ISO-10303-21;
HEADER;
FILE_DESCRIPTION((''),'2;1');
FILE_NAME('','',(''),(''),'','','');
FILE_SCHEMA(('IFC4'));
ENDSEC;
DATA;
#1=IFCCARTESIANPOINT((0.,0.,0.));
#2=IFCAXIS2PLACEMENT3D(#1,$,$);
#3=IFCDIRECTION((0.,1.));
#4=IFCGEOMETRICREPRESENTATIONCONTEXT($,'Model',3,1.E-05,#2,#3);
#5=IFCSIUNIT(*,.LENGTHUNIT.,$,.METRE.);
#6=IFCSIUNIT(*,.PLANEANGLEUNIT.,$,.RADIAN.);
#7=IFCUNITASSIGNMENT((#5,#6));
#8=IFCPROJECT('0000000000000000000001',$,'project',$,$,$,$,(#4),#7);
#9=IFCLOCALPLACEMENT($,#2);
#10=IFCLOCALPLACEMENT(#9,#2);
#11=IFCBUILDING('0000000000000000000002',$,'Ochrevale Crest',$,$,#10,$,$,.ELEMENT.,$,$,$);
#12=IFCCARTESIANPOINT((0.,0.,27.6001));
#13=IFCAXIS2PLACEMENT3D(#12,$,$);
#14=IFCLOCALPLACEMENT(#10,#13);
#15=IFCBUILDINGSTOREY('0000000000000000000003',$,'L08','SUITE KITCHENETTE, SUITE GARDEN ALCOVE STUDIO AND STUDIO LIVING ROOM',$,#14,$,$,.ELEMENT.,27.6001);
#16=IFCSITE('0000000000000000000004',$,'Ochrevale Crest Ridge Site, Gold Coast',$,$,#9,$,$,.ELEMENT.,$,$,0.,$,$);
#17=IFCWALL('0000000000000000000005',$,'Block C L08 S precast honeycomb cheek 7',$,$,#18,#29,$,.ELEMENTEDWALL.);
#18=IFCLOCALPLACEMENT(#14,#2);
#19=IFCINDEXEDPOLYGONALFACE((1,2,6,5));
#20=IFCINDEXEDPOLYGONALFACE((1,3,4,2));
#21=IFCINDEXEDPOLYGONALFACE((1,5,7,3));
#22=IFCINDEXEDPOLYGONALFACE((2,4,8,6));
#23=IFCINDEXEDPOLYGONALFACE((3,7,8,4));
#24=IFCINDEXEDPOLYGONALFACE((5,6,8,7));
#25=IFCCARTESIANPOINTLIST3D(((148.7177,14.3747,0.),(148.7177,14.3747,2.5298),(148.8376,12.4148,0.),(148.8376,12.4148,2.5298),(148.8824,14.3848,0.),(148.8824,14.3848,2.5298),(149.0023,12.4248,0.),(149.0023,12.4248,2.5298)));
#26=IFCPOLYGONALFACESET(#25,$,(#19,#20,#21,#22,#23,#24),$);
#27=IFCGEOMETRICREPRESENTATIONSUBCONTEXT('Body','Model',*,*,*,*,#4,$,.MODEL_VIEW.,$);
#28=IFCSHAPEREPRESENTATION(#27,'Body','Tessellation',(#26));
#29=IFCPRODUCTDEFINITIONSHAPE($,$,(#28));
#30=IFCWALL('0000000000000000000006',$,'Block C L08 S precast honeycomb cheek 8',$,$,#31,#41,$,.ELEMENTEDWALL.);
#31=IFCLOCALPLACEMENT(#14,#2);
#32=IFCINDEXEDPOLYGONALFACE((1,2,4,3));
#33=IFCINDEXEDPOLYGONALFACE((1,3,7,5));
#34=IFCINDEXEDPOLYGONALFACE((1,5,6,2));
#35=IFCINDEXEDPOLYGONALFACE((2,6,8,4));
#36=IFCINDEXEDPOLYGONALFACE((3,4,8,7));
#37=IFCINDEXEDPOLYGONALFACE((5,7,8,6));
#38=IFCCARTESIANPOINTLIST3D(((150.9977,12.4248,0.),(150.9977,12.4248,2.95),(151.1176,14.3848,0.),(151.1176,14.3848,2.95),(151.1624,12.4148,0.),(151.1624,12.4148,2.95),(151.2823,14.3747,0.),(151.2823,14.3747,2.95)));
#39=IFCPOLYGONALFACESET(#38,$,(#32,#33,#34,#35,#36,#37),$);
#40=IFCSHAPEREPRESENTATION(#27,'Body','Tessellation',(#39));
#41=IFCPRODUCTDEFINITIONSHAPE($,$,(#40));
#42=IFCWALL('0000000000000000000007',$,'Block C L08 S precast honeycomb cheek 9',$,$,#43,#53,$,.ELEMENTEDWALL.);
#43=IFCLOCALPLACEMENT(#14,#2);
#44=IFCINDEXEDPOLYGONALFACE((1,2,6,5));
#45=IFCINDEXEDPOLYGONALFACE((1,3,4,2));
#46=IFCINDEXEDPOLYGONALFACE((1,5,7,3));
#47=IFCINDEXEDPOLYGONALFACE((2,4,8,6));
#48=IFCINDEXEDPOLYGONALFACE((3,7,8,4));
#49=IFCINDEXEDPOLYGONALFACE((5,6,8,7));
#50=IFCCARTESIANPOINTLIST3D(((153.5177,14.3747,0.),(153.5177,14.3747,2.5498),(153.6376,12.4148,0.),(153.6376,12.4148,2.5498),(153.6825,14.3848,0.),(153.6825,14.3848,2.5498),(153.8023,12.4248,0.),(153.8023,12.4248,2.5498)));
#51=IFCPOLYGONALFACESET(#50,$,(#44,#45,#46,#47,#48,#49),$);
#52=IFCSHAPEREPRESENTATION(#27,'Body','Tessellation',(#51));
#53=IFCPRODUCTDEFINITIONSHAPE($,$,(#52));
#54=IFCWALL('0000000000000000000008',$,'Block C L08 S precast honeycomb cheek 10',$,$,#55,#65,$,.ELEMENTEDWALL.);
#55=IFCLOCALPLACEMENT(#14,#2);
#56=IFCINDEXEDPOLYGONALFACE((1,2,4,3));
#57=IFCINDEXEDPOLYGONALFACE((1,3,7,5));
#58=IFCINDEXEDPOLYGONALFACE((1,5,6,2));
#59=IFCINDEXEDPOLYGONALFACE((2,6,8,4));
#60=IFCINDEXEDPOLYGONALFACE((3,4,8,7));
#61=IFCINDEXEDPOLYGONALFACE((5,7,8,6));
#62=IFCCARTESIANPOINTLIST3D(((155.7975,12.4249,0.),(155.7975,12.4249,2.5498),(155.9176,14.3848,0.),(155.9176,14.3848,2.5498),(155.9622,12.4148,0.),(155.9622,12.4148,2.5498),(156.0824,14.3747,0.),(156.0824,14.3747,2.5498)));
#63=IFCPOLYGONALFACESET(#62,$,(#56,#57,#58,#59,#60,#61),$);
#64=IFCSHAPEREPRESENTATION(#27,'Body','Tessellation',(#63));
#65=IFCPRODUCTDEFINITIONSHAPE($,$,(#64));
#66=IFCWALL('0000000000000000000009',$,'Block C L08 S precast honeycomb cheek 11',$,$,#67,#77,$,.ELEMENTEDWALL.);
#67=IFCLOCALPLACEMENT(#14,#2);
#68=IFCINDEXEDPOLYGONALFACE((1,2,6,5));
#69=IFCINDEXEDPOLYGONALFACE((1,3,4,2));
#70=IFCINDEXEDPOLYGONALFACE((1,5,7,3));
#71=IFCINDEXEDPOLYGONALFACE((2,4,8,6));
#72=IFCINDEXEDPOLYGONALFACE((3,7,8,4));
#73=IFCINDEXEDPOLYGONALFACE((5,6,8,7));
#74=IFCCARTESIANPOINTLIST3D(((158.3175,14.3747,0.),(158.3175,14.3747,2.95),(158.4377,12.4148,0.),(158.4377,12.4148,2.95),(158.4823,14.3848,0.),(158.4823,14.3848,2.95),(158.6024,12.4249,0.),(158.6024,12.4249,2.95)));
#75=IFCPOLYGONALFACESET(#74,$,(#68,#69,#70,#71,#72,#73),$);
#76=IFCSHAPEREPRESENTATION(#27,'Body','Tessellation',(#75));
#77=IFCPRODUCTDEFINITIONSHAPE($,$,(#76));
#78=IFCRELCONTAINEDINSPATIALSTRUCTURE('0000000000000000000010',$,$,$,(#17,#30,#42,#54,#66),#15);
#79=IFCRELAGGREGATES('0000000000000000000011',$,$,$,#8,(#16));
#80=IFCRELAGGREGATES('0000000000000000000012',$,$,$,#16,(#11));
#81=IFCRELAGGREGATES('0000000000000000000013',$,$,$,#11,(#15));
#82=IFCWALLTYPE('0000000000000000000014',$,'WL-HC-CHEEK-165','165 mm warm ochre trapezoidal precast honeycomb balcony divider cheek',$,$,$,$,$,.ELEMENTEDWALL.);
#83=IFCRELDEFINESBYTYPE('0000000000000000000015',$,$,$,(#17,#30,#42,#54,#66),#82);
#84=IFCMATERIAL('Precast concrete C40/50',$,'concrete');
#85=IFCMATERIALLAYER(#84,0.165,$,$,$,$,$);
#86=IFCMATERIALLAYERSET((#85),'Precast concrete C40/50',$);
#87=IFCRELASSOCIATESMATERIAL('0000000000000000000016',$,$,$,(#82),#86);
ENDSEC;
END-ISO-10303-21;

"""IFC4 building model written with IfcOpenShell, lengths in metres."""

from ifc_helpers import new_model, si_unit, direction, frame, frame_2d, origin, place, context, subcontext, project, spatial, rectangle, extrude, material, layer, layer_set, type_object, element, save


model = new_model("IFC4")

# Units and contexts
model_context = context("Model", 3, precision=1e-05, world=origin(), true_north=direction((0.0, 1.0)))
body_context = subcontext(model_context, "Body", "Model", "MODEL_VIEW")
ifc_project = project(units=[si_unit("LENGTHUNIT", "METRE"), si_unit("PLANEANGLEUNIT", "RADIAN")], contexts=[model_context])

# Site, building, storey
site_placement = place(None, origin())
site = spatial("IfcSite", under=ifc_project, at=site_placement, Name="Ochrevale Crest Ridge Site, Gold Coast", CompositionType="ELEMENT", RefElevation=0.0)
building_placement = place(site_placement, origin())
building = spatial("IfcBuilding", under=site, at=building_placement, Name="Ochrevale Crest", CompositionType="ELEMENT")
storey_placement = place(building_placement, frame((0.0, 0.0, 27.6001)))
storey = spatial("IfcBuildingStorey", under=building, at=storey_placement, Name="L08", Description="SUITE KITCHENETTE, SUITE GARDEN ALCOVE STUDIO AND STUDIO LIVING ROOM", CompositionType="ELEMENT", Elevation=27.6001)

# Shared definitions
ifc_material_1 = material(Name="Precast concrete C40/50", Category="concrete")

# Walls
ifc_layer_1 = layer(ifc_material_1, 0.165)
ifc_layer_set_1 = layer_set([ifc_layer_1], Name="Precast concrete C40/50")
wall_type = type_object("IfcWallType", Name="WL-HC-CHEEK-165", Description="165 mm warm ochre trapezoidal precast honeycomb balcony divider cheek", PredefinedType="ELEMENTEDWALL", material=ifc_layer_set_1)
wall_1_placement = place(storey_placement, frame((148.8, 14.3799, 0.0), z_axis=(0.0, 0.0, 1.0), x_axis=(0.061047, -0.998135, 0.0)))
element("IfcWall", 1, at=wall_1_placement, inside=storey, type_object=wall_type, Name="Block C L08 S precast honeycomb cheek 7", PredefinedType="ELEMENTEDWALL", context=body_context, shape_type="SweptSolid", body=[
    extrude(rectangle(XDim=1.9636, YDim=0.165, at=frame_2d((0.9819, 0.0))), origin(), (0.0, 0.0, 1.0), 2.5298),
])
wall_2_placement = place(storey_placement, frame((151.2, 14.3799, 0.0), z_axis=(0.0, 0.0, 1.0), x_axis=(-0.061047, -0.998135, 0.0)))
element("IfcWall", 2, at=wall_2_placement, inside=storey, type_object=wall_type, Name="Block C L08 S precast honeycomb cheek 8", PredefinedType="ELEMENTEDWALL", context=body_context, shape_type="SweptSolid", body=[
    extrude(rectangle(XDim=1.9636, YDim=0.165, at=frame_2d((0.9819, 0.0))), origin(), (0.0, 0.0, 1.0), 2.95),
])
for number, where, z_axis, x_axis, name in (
    (3, (153.6001, 14.3799, 0.0), (0.0, 0.0, 1.0), (0.061047, -0.998135, 0.0), "Block C L08 S precast honeycomb cheek 9"),
    (4, (156.0, 14.3799, 0.0), (0.0, 0.0, 1.0), (-0.061171, -0.998127, 0.0), "Block C L08 S precast honeycomb cheek 10"),
):
    element("IfcWall", number, at=place(storey_placement, frame(where, z_axis=z_axis, x_axis=x_axis)), inside=storey, type_object=wall_type, Name=name, PredefinedType="ELEMENTEDWALL", context=body_context, shape_type="SweptSolid", body=[
        extrude(rectangle(XDim=1.9636, YDim=0.165, at=frame_2d((0.9819, 0.0))), origin(), (0.0, 0.0, 1.0), 2.5498),
    ])
wall_3_placement = place(storey_placement, frame((158.3999, 14.3799, 0.0), z_axis=(0.0, 0.0, 1.0), x_axis=(0.061171, -0.998127, 0.0)))
element("IfcWall", 5, at=wall_3_placement, inside=storey, type_object=wall_type, Name="Block C L08 S precast honeycomb cheek 11", PredefinedType="ELEMENTEDWALL", context=body_context, shape_type="SweptSolid", body=[
    extrude(rectangle(XDim=1.9636, YDim=0.165, at=frame_2d((0.9819, 0.0))), origin(), (0.0, 0.0, 1.0), 2.95),
])

save(model, "model.ifc")
